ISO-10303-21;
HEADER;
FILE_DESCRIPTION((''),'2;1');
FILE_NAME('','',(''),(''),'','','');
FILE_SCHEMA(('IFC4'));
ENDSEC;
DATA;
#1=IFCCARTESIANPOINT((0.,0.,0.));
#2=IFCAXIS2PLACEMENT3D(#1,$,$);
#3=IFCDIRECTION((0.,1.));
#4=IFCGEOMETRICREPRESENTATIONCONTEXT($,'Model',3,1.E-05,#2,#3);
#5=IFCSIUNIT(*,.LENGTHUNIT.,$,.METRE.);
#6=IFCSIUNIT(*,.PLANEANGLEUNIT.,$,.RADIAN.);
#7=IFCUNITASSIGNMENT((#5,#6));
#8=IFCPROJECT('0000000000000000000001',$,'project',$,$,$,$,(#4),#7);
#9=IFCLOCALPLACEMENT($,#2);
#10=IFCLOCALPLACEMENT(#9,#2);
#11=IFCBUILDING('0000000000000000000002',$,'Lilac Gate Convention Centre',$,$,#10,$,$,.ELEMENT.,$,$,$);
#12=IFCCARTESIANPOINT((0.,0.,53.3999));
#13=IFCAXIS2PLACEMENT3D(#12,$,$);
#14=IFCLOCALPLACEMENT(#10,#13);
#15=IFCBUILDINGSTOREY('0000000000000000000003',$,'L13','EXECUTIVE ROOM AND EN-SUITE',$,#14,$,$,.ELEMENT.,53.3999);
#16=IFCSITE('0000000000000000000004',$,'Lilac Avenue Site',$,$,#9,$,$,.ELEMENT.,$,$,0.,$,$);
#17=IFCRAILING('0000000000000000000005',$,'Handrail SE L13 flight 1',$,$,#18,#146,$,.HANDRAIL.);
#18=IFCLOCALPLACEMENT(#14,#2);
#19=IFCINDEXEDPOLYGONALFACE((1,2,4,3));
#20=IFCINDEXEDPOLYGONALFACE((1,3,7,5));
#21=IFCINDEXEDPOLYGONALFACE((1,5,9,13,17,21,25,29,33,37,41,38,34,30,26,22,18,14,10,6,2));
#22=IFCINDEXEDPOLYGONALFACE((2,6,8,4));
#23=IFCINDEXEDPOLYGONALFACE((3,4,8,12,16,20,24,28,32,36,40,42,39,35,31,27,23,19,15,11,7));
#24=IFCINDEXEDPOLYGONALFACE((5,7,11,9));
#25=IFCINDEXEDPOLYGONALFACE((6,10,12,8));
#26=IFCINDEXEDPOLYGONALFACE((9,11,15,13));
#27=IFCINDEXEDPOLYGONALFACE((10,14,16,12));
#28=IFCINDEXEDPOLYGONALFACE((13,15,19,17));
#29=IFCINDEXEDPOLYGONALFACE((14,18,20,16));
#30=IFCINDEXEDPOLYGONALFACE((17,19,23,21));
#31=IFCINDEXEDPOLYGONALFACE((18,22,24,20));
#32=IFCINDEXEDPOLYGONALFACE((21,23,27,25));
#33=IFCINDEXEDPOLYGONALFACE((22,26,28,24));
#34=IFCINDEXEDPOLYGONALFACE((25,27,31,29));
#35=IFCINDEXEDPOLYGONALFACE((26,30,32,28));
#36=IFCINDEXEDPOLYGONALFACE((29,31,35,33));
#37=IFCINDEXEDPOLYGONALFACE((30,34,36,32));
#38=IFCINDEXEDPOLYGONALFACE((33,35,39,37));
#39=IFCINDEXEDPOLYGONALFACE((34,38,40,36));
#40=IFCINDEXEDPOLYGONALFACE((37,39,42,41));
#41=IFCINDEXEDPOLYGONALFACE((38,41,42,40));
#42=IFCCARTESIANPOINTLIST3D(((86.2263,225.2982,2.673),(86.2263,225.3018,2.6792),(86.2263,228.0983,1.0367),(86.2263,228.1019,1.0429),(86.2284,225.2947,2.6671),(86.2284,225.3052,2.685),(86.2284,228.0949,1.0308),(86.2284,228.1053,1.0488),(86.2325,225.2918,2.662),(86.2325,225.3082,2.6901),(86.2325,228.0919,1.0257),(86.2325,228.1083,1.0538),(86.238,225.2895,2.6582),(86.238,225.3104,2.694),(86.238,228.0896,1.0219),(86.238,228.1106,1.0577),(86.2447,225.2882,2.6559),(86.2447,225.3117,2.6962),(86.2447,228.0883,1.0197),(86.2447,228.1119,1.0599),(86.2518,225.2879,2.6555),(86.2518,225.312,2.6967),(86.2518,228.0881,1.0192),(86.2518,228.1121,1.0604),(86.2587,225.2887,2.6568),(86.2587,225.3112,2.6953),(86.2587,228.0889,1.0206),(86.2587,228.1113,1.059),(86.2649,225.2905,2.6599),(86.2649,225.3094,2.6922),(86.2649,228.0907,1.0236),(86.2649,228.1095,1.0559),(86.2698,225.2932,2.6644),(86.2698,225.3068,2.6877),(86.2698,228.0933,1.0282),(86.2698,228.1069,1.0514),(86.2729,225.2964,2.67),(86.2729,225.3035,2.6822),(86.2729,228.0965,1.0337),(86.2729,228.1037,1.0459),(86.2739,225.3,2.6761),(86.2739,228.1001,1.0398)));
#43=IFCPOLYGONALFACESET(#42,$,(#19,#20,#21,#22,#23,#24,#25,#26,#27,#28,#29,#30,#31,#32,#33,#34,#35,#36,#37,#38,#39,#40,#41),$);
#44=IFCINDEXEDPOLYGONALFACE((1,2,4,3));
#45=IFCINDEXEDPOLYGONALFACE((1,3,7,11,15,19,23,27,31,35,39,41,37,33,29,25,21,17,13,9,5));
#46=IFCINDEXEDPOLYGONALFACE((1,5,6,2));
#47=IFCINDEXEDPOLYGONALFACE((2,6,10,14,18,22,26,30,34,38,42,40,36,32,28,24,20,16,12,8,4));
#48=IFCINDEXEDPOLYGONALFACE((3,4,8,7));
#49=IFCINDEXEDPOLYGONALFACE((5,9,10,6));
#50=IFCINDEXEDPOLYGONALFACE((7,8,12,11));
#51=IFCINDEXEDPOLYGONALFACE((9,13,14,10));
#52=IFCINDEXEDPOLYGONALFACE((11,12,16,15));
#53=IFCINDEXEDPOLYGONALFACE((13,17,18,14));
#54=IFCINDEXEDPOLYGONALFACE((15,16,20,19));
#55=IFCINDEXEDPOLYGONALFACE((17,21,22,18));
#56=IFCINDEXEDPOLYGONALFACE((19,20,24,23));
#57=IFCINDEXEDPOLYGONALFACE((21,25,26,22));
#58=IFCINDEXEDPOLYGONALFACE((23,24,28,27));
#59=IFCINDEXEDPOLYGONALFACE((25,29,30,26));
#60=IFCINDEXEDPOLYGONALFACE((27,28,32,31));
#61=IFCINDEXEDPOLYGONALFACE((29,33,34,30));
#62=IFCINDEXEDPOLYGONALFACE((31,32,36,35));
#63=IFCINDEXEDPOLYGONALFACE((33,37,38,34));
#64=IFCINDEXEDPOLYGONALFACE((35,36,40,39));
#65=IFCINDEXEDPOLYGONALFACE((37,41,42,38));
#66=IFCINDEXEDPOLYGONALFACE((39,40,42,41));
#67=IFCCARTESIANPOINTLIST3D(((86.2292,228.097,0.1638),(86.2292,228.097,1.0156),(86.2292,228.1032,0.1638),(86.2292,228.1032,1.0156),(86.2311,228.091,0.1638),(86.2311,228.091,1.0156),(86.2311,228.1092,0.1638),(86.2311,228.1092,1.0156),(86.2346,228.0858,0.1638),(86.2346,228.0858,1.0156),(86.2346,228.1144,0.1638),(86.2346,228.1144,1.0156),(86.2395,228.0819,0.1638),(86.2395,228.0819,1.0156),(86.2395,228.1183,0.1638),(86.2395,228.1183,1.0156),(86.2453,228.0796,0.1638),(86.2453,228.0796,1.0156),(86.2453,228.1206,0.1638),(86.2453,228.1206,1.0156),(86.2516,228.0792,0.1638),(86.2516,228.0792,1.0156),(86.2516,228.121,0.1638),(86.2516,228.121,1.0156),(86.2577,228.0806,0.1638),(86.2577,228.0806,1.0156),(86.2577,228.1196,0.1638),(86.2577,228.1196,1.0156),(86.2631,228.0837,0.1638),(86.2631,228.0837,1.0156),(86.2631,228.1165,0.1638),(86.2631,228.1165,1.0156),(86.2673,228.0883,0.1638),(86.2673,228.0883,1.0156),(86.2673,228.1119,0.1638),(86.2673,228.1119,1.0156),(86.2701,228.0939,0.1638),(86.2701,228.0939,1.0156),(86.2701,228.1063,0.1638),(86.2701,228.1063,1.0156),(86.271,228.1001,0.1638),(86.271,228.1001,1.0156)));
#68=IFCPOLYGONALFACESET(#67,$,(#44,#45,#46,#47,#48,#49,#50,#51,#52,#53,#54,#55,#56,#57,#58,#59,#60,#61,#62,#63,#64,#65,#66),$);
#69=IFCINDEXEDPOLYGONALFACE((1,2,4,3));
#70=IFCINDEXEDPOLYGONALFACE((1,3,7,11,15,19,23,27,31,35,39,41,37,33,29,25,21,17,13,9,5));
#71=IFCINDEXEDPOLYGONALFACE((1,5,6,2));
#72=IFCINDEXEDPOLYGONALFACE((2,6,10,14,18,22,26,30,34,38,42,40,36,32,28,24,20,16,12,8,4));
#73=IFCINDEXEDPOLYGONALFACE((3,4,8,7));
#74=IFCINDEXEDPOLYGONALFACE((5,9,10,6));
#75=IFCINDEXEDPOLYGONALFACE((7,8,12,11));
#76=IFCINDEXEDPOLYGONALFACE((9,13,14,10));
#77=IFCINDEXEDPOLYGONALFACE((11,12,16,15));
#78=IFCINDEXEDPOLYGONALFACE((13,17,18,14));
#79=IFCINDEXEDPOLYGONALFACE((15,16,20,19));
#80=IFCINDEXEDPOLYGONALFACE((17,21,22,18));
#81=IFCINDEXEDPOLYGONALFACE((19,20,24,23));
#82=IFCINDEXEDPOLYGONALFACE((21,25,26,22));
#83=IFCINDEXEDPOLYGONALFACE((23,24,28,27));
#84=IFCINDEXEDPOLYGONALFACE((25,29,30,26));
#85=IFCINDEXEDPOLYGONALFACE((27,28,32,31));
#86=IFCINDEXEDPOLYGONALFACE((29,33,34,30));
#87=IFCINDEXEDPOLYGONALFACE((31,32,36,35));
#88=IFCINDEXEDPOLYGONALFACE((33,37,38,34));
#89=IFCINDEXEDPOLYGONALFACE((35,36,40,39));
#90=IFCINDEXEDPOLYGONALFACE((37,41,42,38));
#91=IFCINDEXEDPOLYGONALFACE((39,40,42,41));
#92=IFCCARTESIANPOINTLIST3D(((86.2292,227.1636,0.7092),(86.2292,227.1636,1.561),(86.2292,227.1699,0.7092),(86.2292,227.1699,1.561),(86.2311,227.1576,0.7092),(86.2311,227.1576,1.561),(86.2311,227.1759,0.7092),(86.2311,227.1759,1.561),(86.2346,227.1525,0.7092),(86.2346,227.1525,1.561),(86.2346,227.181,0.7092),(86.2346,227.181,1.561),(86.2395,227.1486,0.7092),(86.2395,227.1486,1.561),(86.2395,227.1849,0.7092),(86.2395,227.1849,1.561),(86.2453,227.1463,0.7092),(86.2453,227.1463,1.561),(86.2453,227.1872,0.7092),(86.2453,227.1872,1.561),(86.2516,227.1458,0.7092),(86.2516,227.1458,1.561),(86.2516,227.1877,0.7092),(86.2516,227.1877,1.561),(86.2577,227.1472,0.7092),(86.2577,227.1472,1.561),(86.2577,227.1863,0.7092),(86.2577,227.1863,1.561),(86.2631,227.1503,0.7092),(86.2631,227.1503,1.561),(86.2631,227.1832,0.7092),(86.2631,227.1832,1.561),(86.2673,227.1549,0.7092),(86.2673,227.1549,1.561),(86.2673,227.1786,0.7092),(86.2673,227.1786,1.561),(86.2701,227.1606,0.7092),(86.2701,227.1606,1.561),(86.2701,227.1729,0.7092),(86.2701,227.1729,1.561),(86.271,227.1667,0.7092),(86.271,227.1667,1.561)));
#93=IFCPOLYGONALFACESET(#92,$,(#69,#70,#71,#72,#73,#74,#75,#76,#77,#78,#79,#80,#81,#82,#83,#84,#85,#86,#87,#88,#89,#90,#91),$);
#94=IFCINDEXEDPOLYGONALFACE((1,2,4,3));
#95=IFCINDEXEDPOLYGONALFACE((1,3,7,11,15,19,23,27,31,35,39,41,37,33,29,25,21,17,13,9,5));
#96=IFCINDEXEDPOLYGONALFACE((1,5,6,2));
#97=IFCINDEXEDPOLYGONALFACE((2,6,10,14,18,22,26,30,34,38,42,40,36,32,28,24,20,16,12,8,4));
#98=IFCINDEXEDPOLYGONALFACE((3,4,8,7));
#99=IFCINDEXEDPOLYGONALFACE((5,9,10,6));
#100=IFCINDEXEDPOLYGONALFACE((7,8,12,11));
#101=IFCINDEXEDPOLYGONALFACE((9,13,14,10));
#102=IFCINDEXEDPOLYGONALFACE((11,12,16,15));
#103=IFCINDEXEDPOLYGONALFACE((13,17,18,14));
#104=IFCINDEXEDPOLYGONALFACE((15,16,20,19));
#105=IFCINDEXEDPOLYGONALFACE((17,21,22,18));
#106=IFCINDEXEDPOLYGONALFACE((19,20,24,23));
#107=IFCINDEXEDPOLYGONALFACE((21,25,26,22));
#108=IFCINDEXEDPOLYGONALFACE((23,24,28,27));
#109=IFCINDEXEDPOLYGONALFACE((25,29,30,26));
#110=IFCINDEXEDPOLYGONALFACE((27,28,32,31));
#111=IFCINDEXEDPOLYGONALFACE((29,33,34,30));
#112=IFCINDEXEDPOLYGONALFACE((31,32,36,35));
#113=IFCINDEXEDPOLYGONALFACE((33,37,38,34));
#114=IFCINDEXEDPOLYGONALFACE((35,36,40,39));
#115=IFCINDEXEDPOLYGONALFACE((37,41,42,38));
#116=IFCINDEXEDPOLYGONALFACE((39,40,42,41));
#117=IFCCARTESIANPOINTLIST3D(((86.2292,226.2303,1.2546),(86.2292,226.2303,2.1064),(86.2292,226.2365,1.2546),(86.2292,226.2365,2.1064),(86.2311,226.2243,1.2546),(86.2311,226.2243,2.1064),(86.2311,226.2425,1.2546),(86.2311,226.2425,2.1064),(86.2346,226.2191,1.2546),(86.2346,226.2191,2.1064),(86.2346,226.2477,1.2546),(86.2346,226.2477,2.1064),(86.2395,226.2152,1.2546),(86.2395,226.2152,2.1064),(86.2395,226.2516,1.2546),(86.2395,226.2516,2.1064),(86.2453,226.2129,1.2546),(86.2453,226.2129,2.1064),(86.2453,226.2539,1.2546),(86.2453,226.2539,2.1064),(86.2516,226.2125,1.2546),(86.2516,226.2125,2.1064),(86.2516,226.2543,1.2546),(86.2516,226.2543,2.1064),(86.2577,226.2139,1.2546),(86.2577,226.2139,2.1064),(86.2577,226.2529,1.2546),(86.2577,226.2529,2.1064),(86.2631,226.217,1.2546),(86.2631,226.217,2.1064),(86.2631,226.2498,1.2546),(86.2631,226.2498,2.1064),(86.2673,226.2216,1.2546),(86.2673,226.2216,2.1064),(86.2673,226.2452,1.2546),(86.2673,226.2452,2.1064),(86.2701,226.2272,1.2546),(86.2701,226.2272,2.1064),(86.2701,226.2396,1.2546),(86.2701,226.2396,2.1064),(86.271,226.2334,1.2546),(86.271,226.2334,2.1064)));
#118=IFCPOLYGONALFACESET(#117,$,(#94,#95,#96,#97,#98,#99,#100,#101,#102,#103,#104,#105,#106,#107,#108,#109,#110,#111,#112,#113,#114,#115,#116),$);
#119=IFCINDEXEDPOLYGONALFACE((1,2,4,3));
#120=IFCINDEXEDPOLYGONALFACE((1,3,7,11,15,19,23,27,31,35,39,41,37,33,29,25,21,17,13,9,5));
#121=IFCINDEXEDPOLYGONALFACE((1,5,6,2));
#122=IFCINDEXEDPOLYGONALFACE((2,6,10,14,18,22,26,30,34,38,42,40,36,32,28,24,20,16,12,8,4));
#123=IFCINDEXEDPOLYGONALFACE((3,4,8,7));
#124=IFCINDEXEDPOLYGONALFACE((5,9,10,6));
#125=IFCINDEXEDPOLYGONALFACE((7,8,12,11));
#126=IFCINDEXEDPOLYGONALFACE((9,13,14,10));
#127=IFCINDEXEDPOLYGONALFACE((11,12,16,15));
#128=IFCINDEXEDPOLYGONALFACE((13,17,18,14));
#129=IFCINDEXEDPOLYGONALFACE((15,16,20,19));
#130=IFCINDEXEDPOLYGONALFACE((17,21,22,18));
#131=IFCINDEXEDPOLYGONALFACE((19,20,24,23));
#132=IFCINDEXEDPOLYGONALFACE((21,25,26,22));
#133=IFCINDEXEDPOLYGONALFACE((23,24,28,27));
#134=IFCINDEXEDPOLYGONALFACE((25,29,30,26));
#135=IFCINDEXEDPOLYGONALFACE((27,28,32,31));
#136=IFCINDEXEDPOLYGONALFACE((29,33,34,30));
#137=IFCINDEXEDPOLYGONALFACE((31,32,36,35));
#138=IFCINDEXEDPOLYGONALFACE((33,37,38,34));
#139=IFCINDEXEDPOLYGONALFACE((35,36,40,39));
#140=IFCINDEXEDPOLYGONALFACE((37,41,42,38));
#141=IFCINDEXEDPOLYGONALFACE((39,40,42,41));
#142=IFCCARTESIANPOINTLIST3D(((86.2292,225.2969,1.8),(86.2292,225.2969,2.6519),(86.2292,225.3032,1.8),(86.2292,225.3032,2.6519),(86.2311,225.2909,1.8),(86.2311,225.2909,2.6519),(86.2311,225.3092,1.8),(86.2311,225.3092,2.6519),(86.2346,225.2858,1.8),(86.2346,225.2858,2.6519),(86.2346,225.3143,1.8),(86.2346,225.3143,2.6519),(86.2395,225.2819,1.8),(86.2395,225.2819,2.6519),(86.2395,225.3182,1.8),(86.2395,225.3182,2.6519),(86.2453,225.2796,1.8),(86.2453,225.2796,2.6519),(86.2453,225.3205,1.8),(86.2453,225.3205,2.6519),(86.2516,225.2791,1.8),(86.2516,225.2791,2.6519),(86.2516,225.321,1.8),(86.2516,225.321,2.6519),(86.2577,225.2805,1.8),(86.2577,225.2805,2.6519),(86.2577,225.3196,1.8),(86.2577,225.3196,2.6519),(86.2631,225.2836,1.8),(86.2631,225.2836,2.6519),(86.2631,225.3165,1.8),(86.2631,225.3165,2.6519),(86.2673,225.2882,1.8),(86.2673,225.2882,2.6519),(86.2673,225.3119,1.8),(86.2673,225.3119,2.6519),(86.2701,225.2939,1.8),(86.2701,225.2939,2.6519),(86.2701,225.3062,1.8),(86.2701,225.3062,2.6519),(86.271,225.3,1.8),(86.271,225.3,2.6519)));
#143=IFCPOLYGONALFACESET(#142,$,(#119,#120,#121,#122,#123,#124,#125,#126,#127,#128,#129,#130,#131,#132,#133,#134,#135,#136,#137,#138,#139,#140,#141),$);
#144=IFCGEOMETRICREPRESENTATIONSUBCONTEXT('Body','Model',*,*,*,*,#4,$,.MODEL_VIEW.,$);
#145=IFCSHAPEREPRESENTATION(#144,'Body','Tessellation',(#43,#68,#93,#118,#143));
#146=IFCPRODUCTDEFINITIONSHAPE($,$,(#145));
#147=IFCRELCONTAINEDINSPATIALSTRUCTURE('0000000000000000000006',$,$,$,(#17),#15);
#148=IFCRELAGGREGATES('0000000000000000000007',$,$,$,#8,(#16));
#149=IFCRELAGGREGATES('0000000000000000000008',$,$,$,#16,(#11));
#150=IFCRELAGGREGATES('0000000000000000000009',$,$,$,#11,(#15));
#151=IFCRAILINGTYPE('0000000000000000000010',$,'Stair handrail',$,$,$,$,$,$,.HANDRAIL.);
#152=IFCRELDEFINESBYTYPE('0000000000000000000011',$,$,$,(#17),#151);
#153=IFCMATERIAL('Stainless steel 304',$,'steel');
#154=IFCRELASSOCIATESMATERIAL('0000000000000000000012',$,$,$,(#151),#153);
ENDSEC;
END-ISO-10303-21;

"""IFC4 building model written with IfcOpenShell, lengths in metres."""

from ifc_helpers import new_model, si_unit, direction, frame, origin, origin_2d, place, context, subcontext, project, spatial, circle, extrude, material, type_object, element, save


model = new_model("IFC4")

# Units and contexts
model_context = context("Model", 3, precision=1e-05, world=origin(), true_north=direction((0.0, 1.0)))
body_context = subcontext(model_context, "Body", "Model", "MODEL_VIEW")
ifc_project = project(units=[si_unit("LENGTHUNIT", "METRE"), si_unit("PLANEANGLEUNIT", "RADIAN")], contexts=[model_context])

# Site, building, storey
site_placement = place(None, origin())
site = spatial("IfcSite", under=ifc_project, at=site_placement, Name="Lilac Avenue Site", CompositionType="ELEMENT", RefElevation=0.0)
building_placement = place(site_placement, origin())
building = spatial("IfcBuilding", under=site, at=building_placement, Name="Lilac Gate Convention Centre", CompositionType="ELEMENT")
storey_placement = place(building_placement, frame((0.0, 0.0, 53.3999)))
storey = spatial("IfcBuildingStorey", under=building, at=storey_placement, Name="L13", Description="EXECUTIVE ROOM AND EN-SUITE", CompositionType="ELEMENT", Elevation=53.3999)

# Railing
ifc_material_1 = material(Name="Stainless steel 304", Category="steel")
railing_type = type_object("IfcRailingType", Name="Stair handrail", PredefinedType="HANDRAIL", material=ifc_material_1)
for number, where, name in (
    (1, (86.25, 228.1001, 0.1638), "Handrail SE L13 flight 1"),
):
    element("IfcRailing", number, at=place(storey_placement, frame(where)), inside=storey, type_object=railing_type, Name=name, PredefinedType="HANDRAIL", context=body_context, shape_type="SweptSolid", body=[
        extrude(circle(Radius=0.0239, at=origin_2d()), frame((0.0, 0.0, 0.876), z_axis=(0.0, -0.863394, 0.504531), x_axis=(1.0, 0.0, 0.0)), (0.0, 0.0, 1.0), 3.2432),
        extrude(circle(Radius=0.021, at=origin_2d()), origin(), (0.0, 0.0, 1.0), 0.8518),
        extrude(circle(Radius=0.021, at=origin_2d()), frame((0.0, -0.9333, 0.5454)), (0.0, 0.0, 1.0), 0.8518),
        extrude(circle(Radius=0.021, at=origin_2d()), frame((0.0, -1.8667, 1.0908)), (0.0, 0.0, 1.0), 0.8518),
        extrude(circle(Radius=0.021, at=origin_2d()), frame((0.0, -2.8, 1.6362)), (0.0, 0.0, 1.0), 0.8518),
    ])

save(model, "model.ifc")
